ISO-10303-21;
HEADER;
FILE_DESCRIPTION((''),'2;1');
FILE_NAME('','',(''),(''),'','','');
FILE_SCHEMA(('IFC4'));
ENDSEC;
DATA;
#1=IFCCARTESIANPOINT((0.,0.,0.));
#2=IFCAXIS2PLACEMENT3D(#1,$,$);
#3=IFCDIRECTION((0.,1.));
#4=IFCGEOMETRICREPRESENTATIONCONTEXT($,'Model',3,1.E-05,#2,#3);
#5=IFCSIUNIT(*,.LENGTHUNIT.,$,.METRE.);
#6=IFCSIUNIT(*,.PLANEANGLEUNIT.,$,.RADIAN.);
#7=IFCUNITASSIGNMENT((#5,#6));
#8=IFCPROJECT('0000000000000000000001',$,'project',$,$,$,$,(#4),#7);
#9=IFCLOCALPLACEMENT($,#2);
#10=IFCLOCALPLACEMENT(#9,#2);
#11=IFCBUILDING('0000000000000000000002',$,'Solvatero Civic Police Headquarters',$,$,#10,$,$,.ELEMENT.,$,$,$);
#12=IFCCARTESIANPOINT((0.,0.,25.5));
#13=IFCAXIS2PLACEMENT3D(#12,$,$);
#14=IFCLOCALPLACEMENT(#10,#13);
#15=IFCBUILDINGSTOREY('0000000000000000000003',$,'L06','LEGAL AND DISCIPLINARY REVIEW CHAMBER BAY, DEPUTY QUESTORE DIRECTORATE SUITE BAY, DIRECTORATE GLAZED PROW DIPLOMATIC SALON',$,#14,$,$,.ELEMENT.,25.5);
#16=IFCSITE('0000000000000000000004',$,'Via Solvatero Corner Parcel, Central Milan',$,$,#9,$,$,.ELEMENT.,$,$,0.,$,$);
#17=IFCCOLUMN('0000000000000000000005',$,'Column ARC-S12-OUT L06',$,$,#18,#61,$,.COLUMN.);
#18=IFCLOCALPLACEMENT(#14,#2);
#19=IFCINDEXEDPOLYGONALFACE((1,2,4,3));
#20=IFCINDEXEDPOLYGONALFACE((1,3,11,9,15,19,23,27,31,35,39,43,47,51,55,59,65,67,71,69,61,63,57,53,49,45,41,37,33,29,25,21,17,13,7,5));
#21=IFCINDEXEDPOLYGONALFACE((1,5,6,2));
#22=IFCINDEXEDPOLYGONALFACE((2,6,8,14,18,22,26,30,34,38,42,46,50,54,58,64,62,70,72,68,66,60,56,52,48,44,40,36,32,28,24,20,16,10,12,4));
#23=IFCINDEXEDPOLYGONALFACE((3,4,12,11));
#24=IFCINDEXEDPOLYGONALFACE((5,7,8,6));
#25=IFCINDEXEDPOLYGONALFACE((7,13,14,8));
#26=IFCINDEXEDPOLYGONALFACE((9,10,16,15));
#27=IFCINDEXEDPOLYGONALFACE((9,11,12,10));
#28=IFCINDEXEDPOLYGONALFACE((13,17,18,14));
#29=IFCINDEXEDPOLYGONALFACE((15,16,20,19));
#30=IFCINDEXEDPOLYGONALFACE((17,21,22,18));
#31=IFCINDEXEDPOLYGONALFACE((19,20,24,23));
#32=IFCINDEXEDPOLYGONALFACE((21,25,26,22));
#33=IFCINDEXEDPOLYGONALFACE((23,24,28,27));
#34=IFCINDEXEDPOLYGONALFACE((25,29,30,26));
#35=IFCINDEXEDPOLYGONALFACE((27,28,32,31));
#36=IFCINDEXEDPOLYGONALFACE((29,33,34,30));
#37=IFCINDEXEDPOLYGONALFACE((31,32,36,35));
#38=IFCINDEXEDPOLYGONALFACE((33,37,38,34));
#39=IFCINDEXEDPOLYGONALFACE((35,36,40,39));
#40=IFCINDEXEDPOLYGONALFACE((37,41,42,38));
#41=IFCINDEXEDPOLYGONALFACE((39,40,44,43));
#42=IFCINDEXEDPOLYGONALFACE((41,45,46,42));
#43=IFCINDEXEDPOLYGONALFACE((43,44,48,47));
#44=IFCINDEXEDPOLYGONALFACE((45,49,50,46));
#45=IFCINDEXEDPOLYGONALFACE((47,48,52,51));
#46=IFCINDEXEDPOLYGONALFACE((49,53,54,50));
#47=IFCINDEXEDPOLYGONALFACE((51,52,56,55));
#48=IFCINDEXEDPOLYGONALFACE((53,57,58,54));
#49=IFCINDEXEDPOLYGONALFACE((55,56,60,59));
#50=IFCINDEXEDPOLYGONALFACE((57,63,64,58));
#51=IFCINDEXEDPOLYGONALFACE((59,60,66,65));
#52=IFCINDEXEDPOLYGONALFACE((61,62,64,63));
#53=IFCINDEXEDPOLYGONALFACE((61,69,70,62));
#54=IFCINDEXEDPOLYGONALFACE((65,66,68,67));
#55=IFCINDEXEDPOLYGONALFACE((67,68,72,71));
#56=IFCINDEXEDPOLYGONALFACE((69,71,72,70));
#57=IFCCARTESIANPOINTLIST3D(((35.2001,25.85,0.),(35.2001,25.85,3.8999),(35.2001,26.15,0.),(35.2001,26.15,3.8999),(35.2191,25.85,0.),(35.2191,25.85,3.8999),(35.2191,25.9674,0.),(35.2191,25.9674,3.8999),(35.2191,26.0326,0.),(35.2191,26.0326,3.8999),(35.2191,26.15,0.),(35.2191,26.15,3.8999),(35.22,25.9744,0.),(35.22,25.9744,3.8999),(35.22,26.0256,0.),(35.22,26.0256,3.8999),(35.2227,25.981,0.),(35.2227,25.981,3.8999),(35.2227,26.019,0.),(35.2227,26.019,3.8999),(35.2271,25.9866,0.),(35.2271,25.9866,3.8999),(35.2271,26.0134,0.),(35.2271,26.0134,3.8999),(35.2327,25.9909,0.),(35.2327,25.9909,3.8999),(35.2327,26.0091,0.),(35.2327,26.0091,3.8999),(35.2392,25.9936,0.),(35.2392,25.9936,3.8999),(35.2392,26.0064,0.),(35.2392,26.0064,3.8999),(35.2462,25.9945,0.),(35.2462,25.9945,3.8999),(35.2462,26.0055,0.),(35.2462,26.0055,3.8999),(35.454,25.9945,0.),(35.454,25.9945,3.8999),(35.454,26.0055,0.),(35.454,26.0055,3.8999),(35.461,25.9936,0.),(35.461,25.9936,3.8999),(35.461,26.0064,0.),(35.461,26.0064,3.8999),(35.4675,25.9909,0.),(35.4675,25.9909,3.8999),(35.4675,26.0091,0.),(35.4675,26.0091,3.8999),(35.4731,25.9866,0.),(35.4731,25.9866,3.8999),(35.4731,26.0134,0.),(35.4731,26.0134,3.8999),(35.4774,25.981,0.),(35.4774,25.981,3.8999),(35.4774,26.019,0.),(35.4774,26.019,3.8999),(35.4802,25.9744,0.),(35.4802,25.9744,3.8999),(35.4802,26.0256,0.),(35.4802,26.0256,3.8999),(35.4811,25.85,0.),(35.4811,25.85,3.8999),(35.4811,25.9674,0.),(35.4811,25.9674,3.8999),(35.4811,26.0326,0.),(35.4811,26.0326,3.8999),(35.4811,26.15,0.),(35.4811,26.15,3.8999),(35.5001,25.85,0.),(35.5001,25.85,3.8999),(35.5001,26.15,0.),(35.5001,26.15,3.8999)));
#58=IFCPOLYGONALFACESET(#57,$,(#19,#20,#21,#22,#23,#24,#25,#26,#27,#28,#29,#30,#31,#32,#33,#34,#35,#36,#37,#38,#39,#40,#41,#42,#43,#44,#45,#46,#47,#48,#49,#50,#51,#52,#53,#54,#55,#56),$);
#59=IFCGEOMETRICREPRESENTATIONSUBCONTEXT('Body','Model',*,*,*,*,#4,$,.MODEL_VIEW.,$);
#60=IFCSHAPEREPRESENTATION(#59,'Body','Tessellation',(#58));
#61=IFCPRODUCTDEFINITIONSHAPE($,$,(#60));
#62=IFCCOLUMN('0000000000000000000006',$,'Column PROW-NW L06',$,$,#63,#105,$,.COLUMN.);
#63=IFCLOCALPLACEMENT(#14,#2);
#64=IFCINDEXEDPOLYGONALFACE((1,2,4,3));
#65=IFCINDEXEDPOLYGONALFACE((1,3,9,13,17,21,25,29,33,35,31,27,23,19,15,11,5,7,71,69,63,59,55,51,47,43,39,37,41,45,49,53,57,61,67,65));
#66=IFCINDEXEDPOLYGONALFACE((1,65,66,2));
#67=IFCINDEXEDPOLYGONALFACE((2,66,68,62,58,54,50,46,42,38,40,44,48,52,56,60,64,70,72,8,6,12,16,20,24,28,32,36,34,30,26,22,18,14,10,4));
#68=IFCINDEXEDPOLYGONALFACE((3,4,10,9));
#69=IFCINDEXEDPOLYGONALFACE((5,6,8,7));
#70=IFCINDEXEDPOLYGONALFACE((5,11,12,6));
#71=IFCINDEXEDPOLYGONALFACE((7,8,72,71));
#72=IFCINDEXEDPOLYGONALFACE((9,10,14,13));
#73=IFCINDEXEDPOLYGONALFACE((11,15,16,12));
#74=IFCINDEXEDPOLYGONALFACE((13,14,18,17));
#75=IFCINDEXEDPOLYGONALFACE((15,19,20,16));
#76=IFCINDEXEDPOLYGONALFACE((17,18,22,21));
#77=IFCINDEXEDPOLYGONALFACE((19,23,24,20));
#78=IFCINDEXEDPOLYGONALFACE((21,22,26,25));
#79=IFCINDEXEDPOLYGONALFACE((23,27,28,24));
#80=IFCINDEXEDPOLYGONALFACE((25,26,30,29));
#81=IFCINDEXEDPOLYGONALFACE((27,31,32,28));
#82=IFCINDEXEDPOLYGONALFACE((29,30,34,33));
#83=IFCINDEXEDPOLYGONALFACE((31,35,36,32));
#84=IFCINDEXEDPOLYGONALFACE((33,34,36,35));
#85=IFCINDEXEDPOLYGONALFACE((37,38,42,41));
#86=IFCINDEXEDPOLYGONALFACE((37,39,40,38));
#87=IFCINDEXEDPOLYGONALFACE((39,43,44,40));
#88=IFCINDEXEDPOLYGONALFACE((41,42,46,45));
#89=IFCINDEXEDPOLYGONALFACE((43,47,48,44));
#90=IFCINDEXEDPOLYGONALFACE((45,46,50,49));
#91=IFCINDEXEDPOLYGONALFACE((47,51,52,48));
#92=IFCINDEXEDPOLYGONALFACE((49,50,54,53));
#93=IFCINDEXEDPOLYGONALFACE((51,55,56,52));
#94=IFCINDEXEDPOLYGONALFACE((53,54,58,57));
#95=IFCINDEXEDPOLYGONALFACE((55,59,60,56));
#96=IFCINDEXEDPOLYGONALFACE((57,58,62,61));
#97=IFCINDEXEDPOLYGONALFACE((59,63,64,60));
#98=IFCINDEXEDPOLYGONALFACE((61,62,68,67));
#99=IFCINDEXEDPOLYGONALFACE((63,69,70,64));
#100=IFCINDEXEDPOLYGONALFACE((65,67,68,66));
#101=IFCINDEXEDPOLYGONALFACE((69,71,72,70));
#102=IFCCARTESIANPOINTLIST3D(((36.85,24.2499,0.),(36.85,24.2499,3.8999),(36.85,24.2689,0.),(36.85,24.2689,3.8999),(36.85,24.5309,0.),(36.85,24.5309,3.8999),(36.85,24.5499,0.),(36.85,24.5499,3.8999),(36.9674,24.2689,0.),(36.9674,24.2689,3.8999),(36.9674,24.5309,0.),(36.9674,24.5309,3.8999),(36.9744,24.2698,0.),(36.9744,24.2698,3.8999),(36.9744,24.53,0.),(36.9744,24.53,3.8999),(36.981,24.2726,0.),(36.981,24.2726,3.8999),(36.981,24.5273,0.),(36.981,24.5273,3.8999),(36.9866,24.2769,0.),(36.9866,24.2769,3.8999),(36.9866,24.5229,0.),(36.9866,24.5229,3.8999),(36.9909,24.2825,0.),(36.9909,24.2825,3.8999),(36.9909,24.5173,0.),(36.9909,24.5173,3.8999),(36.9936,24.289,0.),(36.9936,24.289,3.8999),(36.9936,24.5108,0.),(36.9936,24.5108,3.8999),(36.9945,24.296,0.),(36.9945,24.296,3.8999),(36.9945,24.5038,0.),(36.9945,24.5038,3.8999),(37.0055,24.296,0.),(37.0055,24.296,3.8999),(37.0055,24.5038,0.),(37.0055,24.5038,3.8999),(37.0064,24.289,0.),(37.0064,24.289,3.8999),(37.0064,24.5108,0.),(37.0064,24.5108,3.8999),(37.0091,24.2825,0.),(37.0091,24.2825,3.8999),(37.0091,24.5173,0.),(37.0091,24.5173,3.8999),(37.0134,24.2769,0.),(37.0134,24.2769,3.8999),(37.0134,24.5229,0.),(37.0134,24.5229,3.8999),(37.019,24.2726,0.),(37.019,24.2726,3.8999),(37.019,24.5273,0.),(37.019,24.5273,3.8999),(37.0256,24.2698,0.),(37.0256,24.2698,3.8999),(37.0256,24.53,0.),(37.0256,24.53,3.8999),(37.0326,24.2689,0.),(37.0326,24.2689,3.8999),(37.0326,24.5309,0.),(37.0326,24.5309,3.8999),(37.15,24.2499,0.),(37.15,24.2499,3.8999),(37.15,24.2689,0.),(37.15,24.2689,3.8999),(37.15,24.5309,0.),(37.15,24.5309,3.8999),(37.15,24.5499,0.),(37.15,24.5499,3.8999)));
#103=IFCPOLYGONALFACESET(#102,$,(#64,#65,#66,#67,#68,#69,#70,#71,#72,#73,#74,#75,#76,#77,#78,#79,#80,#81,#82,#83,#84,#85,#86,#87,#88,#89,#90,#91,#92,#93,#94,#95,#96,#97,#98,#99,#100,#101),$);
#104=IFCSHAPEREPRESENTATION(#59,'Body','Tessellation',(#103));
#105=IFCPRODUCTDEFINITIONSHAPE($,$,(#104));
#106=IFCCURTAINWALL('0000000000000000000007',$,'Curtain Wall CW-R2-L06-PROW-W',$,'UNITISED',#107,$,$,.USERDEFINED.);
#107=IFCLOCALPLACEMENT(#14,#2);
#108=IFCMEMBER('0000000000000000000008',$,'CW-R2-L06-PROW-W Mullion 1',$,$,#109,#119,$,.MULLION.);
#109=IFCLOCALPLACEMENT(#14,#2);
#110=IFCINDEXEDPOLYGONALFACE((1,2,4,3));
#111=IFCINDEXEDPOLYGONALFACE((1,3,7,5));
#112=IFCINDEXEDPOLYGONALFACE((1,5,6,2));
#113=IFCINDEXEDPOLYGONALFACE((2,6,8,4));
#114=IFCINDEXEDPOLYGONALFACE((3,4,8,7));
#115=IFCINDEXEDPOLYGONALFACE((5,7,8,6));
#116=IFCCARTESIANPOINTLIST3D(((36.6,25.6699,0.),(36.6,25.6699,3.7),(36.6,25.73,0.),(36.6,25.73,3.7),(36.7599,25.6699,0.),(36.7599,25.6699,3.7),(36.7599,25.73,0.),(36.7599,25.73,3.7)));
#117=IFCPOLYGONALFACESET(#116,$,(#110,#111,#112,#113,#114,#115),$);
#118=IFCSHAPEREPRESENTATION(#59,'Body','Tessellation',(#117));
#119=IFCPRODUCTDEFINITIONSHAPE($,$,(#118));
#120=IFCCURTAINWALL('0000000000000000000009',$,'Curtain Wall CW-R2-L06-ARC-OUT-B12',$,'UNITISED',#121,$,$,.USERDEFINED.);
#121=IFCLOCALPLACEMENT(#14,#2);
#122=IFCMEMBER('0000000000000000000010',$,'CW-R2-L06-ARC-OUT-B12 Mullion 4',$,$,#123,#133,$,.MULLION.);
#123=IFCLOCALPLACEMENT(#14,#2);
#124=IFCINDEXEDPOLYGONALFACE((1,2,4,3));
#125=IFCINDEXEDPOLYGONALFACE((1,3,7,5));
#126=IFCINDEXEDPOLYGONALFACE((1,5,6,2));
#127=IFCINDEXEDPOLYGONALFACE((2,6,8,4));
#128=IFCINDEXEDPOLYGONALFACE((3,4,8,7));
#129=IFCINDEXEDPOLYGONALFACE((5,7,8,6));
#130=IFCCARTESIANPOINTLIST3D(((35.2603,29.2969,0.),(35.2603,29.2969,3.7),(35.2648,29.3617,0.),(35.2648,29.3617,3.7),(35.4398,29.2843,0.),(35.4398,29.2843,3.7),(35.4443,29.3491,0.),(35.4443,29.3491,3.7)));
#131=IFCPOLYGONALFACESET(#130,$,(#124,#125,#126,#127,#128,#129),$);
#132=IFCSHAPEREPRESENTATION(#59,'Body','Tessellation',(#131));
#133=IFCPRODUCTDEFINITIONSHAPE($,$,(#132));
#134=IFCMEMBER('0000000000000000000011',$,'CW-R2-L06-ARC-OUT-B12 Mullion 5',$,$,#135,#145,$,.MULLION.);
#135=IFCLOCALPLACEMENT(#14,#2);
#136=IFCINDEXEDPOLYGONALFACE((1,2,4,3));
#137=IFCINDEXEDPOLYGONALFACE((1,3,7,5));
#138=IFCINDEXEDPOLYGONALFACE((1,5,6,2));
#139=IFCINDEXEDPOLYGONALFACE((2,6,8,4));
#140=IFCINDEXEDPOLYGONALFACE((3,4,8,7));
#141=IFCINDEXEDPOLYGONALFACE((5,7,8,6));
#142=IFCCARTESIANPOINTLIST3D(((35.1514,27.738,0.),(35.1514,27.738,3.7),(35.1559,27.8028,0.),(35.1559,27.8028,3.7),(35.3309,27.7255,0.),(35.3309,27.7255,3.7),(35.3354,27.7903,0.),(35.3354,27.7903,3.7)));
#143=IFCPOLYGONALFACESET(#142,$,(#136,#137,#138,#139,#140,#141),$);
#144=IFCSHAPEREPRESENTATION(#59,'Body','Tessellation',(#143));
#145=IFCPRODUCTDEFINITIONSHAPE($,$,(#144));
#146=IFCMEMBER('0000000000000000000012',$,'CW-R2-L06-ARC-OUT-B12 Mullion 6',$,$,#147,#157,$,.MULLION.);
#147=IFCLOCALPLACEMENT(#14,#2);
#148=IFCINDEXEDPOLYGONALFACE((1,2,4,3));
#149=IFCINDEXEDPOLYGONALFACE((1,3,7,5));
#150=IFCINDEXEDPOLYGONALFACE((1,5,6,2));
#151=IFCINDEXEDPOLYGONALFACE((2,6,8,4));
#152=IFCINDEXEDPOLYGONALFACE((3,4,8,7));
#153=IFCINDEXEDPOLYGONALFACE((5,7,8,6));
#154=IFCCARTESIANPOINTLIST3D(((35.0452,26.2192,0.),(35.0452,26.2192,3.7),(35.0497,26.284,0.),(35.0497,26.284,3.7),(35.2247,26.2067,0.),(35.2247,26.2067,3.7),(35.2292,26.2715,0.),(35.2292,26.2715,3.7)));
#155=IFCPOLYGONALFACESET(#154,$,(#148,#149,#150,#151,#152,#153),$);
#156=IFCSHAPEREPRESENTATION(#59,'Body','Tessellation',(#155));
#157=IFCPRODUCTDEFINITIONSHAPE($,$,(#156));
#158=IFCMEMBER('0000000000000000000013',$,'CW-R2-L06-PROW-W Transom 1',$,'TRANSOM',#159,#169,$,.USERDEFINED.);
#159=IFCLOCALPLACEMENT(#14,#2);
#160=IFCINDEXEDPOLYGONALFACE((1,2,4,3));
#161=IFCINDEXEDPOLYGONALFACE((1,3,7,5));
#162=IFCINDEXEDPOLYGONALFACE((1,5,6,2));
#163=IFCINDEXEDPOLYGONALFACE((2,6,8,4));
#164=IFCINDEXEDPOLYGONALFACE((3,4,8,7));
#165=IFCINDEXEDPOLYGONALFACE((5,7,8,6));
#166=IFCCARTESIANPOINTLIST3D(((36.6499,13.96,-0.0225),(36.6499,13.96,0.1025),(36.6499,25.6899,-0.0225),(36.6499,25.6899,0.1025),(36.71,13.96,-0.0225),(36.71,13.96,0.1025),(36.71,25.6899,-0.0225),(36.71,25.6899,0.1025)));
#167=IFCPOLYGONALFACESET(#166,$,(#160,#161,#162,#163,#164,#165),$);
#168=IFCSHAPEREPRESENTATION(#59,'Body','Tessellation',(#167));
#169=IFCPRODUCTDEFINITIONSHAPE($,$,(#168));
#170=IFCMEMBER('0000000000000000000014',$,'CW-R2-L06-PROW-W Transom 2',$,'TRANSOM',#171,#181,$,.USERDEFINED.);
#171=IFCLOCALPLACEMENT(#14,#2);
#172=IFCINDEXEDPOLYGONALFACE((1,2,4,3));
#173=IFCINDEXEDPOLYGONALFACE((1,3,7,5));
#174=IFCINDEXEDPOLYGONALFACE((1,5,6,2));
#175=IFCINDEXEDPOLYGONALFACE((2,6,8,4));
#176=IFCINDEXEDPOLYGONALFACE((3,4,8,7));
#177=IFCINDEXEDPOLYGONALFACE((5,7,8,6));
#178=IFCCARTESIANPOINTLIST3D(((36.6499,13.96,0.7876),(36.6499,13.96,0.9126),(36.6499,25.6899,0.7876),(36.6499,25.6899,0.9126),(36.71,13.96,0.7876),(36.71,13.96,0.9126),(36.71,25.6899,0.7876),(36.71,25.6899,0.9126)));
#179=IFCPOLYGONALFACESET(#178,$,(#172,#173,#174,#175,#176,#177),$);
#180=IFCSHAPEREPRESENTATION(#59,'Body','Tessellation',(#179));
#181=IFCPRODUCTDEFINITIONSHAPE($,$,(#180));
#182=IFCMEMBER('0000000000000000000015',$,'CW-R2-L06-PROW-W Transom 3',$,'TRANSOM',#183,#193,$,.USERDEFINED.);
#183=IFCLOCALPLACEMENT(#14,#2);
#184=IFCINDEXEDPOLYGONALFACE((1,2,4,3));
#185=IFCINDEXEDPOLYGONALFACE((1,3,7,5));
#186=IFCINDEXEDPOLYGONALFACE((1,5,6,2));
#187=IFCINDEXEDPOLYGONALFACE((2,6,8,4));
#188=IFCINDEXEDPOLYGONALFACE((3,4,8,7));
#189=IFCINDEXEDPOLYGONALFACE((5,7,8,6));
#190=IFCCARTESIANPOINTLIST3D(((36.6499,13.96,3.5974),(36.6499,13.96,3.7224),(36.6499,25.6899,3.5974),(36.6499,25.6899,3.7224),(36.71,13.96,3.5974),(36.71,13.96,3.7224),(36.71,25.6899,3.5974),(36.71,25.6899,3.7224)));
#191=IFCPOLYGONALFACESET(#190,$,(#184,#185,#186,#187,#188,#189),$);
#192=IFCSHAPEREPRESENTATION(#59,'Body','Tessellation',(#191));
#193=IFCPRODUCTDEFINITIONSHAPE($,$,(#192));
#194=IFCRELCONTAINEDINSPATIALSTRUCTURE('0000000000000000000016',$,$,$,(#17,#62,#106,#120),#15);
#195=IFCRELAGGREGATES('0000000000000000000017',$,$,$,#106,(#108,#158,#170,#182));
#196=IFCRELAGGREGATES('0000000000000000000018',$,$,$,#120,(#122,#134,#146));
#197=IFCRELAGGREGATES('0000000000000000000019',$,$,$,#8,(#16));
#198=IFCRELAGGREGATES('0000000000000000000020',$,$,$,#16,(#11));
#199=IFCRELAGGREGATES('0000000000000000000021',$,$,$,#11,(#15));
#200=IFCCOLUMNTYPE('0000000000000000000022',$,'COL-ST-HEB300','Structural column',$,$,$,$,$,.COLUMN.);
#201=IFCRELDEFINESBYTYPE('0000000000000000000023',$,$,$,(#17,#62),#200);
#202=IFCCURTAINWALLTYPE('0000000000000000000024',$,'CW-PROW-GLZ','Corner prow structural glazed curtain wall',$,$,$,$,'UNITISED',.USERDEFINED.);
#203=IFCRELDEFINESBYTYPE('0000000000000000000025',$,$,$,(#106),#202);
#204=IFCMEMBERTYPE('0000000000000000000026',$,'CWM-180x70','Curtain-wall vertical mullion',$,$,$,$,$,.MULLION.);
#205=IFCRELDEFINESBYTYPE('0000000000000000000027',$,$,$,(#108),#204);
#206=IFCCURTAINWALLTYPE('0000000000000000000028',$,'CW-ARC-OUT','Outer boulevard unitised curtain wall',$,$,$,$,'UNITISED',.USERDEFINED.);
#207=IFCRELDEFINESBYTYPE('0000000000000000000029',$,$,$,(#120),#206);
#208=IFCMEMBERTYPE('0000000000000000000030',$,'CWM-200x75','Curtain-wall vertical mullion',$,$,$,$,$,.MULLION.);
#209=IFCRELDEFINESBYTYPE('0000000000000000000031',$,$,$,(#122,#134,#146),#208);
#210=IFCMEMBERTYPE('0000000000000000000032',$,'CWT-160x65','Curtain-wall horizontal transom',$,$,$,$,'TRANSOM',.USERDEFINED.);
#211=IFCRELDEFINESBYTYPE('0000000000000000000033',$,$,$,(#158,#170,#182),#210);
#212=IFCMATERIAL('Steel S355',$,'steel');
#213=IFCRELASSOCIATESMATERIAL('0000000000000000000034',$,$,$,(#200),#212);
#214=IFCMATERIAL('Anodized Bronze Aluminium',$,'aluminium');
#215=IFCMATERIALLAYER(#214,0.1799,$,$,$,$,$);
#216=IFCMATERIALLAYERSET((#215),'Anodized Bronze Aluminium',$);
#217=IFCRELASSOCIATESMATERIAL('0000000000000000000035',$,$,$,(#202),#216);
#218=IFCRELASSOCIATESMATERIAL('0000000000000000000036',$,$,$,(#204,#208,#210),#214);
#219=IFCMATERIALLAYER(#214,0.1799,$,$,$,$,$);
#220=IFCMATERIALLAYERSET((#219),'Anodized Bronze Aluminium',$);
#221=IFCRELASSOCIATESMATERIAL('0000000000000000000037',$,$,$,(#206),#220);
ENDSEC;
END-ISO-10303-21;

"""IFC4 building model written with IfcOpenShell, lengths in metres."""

from ifc_helpers import new_model, si_unit, direction, frame, origin, origin_2d, place, context, subcontext, project, spatial, rectangle, i_section, extrude, material, layer, layer_set, material_profile, profile_set, type_object, element, aggregate, save


model = new_model("IFC4")

# Units and contexts
model_context = context("Model", 3, precision=1e-05, world=origin(), true_north=direction((0.0, 1.0)))
body_context = subcontext(model_context, "Body", "Model", "MODEL_VIEW")
ifc_project = project(units=[si_unit("LENGTHUNIT", "METRE"), si_unit("PLANEANGLEUNIT", "RADIAN")], contexts=[model_context])

# Site, building, storey
site_placement = place(None, origin())
site = spatial("IfcSite", under=ifc_project, at=site_placement, Name="Via Solvatero Corner Parcel, Central Milan", CompositionType="ELEMENT", RefElevation=0.0)
building_placement = place(site_placement, origin())
building = spatial("IfcBuilding", under=site, at=building_placement, Name="Solvatero Civic Police Headquarters", CompositionType="ELEMENT")
storey_placement = place(building_placement, frame((0.0, 0.0, 25.5)))
storey = spatial("IfcBuildingStorey", under=building, at=storey_placement, Name="L06", Description="LEGAL AND DISCIPLINARY REVIEW CHAMBER BAY, DEPUTY QUESTORE DIRECTORATE SUITE BAY, DIRECTORATE GLAZED PROW DIPLOMATIC SALON", CompositionType="ELEMENT", Elevation=25.5)

# Columns
ifc_material_1 = material(Name="Steel S355", Category="steel")
ifc_material_profile_1 = material_profile(ifc_material_1, i_section(OverallWidth=0.3, OverallDepth=0.3, WebThickness=0.011, FlangeThickness=0.019, FilletRadius=0.0271, at=origin_2d()), Name="HEB 300")
ifc_profile_set_1 = profile_set([ifc_material_profile_1], Name="Steel S355")
column_type = type_object("IfcColumnType", Name="COL-ST-HEB300", Description="Structural column", PredefinedType="COLUMN", material=ifc_profile_set_1)
for number, where, z_axis, x_axis, name in (
    (1, (35.3501, 26.0, 0.0), (0.0, 0.0, 1.0), (0.0, 1.0, 0.0), "Column ARC-S12-OUT L06"),
    (2, (37.0, 24.3999, 0.0), (0.0, 0.0, 1.0), (1.0, 0.0, 0.0), "Column PROW-NW L06"),
):
    element("IfcColumn", number, at=place(storey_placement, frame(where, z_axis=z_axis, x_axis=x_axis)), inside=storey, type_object=column_type, Name=name, PredefinedType="COLUMN", context=body_context, shape_type="SweptSolid", body=[
        extrude(i_section(OverallWidth=0.3, OverallDepth=0.3, WebThickness=0.011, FlangeThickness=0.019, FilletRadius=0.0271, at=origin_2d()), origin(), (0.0, 0.0, 1.0), 3.8999),
    ])

# Curtain wall, member
ifc_material_2 = material(Name="Anodized Bronze Aluminium", Category="aluminium")
ifc_layer_1 = layer(ifc_material_2, 0.1799)
ifc_layer_set_1 = layer_set([ifc_layer_1], Name="Anodized Bronze Aluminium")
curtain_wall_type_1 = type_object("IfcCurtainWallType", Name="CW-PROW-GLZ", Description="Corner prow structural glazed curtain wall", ElementType="UNITISED", PredefinedType="USERDEFINED", material=ifc_layer_set_1)
curtain_wall_1_placement = place(storey_placement, origin())
curtain_wall_1 = element("IfcCurtainWall", 3, at=curtain_wall_1_placement, inside=storey, type_object=curtain_wall_type_1, Name="Curtain Wall CW-R2-L06-PROW-W", ObjectType="UNITISED", PredefinedType="USERDEFINED")
ifc_material_profile_2 = material_profile(ifc_material_2, rectangle(XDim=0.0601, YDim=0.1599, at=origin_2d()), Name="ALU MULLION 60x160")
ifc_profile_set_2 = profile_set([ifc_material_profile_2], Name="Anodized Bronze Aluminium")
member_type_1 = type_object("IfcMemberType", Name="CWM-180x70", Description="Curtain-wall vertical mullion", PredefinedType="MULLION", material=ifc_profile_set_2)
member_1_placement = place(storey_placement, frame((36.6799, 25.7, 0.0), z_axis=(0.0, 0.0, 1.0), x_axis=(0.0, -1.0, 0.0)))
member_1 = element("IfcMember", 4, at=member_1_placement, type_object=member_type_1, Name="CW-R2-L06-PROW-W Mullion 1", PredefinedType="MULLION", context=body_context, shape_type="SweptSolid", body=[
    extrude(rectangle(XDim=0.0601, YDim=0.1599, at=origin_2d()), origin(), (0.0, 0.0, 1.0), 3.7),
])

# Curtain wall, members
ifc_layer_2 = layer(ifc_material_2, 0.1799)
ifc_layer_set_2 = layer_set([ifc_layer_2], Name="Anodized Bronze Aluminium")
curtain_wall_type_2 = type_object("IfcCurtainWallType", Name="CW-ARC-OUT", Description="Outer boulevard unitised curtain wall", ElementType="UNITISED", PredefinedType="USERDEFINED", material=ifc_layer_set_2)
curtain_wall_2_placement = place(storey_placement, origin())
curtain_wall_2 = element("IfcCurtainWall", 5, at=curtain_wall_2_placement, inside=storey, type_object=curtain_wall_type_2, Name="Curtain Wall CW-R2-L06-ARC-OUT-B12", ObjectType="UNITISED", PredefinedType="USERDEFINED")
ifc_material_profile_3 = material_profile(ifc_material_2, rectangle(XDim=0.0649, YDim=0.1799, at=origin_2d()), Name="ALU MULLION 65x180")
ifc_profile_set_3 = profile_set([ifc_material_profile_3], Name="Anodized Bronze Aluminium")
member_type_2 = type_object("IfcMemberType", Name="CWM-200x75", Description="Curtain-wall vertical mullion", PredefinedType="MULLION", material=ifc_profile_set_3)
member_2_placement = place(storey_placement, frame((35.3523, 29.323, 0.0), z_axis=(0.0, 0.0, 1.0), x_axis=(-0.069739, -0.997565, 0.0)))
member_2 = element("IfcMember", 6, at=member_2_placement, type_object=member_type_2, Name="CW-R2-L06-ARC-OUT-B12 Mullion 4", PredefinedType="MULLION", context=body_context, shape_type="SweptSolid", body=[
    extrude(rectangle(XDim=0.0649, YDim=0.1799, at=origin_2d()), origin(), (0.0, 0.0, 1.0), 3.7),
])
member_3_placement = place(storey_placement, frame((35.2434, 27.7642, 0.0), z_axis=(0.0, 0.0, 1.0), x_axis=(-0.069739, -0.997565, 0.0)))
member_3 = element("IfcMember", 7, at=member_3_placement, type_object=member_type_2, Name="CW-R2-L06-ARC-OUT-B12 Mullion 5", PredefinedType="MULLION", context=body_context, shape_type="SweptSolid", body=[
    extrude(rectangle(XDim=0.0649, YDim=0.1799, at=origin_2d()), origin(), (0.0, 0.0, 1.0), 3.7),
])
member_4_placement = place(storey_placement, frame((35.1372, 26.2454, 0.0), z_axis=(0.0, 0.0, 1.0), x_axis=(-0.069739, -0.997565, 0.0)))
member_4 = element("IfcMember", 8, at=member_4_placement, type_object=member_type_2, Name="CW-R2-L06-ARC-OUT-B12 Mullion 6", PredefinedType="MULLION", context=body_context, shape_type="SweptSolid", body=[
    extrude(rectangle(XDim=0.0649, YDim=0.1799, at=origin_2d()), origin(), (0.0, 0.0, 1.0), 3.7),
])

# Members
ifc_material_profile_4 = material_profile(ifc_material_2, rectangle(XDim=0.0601, YDim=0.125, at=origin_2d()), Name="ALU TRANSOM 60x125")
ifc_profile_set_4 = profile_set([ifc_material_profile_4], Name="Anodized Bronze Aluminium")
member_type_3 = type_object("IfcMemberType", Name="CWT-160x65", Description="Curtain-wall horizontal transom", ElementType="TRANSOM", PredefinedType="USERDEFINED", material=ifc_profile_set_4)
member_5_placement = place(storey_placement, frame((36.6799, 25.6899, 0.04), z_axis=(0.0, -1.0, 0.0), x_axis=(1.0, 0.0, 0.0)))
member_5 = element("IfcMember", 9, at=member_5_placement, type_object=member_type_3, Name="CW-R2-L06-PROW-W Transom 1", ObjectType="TRANSOM", PredefinedType="USERDEFINED", context=body_context, shape_type="SweptSolid", body=[
    extrude(rectangle(XDim=0.0601, YDim=0.125, at=origin_2d()), origin(), (0.0, 0.0, 1.0), 11.73),
])
member_6_placement = place(storey_placement, frame((36.6799, 25.6899, 0.8501), z_axis=(0.0, -1.0, 0.0), x_axis=(1.0, 0.0, 0.0)))
member_6 = element("IfcMember", 10, at=member_6_placement, type_object=member_type_3, Name="CW-R2-L06-PROW-W Transom 2", ObjectType="TRANSOM", PredefinedType="USERDEFINED", context=body_context, shape_type="SweptSolid", body=[
    extrude(rectangle(XDim=0.0601, YDim=0.125, at=origin_2d()), origin(), (0.0, 0.0, 1.0), 11.73),
])
member_7_placement = place(storey_placement, frame((36.6799, 25.6899, 3.6599), z_axis=(0.0, -1.0, 0.0), x_axis=(1.0, 0.0, 0.0)))
member_7 = element("IfcMember", 11, at=member_7_placement, type_object=member_type_3, Name="CW-R2-L06-PROW-W Transom 3", ObjectType="TRANSOM", PredefinedType="USERDEFINED", context=body_context, shape_type="SweptSolid", body=[
    extrude(rectangle(XDim=0.0601, YDim=0.125, at=origin_2d()), origin(), (0.0, 0.0, 1.0), 11.73),
])

aggregate(curtain_wall_1, [member_1, member_5, member_6, member_7])
aggregate(curtain_wall_2, [member_2, member_3, member_4])

save(model, "model.ifc")
